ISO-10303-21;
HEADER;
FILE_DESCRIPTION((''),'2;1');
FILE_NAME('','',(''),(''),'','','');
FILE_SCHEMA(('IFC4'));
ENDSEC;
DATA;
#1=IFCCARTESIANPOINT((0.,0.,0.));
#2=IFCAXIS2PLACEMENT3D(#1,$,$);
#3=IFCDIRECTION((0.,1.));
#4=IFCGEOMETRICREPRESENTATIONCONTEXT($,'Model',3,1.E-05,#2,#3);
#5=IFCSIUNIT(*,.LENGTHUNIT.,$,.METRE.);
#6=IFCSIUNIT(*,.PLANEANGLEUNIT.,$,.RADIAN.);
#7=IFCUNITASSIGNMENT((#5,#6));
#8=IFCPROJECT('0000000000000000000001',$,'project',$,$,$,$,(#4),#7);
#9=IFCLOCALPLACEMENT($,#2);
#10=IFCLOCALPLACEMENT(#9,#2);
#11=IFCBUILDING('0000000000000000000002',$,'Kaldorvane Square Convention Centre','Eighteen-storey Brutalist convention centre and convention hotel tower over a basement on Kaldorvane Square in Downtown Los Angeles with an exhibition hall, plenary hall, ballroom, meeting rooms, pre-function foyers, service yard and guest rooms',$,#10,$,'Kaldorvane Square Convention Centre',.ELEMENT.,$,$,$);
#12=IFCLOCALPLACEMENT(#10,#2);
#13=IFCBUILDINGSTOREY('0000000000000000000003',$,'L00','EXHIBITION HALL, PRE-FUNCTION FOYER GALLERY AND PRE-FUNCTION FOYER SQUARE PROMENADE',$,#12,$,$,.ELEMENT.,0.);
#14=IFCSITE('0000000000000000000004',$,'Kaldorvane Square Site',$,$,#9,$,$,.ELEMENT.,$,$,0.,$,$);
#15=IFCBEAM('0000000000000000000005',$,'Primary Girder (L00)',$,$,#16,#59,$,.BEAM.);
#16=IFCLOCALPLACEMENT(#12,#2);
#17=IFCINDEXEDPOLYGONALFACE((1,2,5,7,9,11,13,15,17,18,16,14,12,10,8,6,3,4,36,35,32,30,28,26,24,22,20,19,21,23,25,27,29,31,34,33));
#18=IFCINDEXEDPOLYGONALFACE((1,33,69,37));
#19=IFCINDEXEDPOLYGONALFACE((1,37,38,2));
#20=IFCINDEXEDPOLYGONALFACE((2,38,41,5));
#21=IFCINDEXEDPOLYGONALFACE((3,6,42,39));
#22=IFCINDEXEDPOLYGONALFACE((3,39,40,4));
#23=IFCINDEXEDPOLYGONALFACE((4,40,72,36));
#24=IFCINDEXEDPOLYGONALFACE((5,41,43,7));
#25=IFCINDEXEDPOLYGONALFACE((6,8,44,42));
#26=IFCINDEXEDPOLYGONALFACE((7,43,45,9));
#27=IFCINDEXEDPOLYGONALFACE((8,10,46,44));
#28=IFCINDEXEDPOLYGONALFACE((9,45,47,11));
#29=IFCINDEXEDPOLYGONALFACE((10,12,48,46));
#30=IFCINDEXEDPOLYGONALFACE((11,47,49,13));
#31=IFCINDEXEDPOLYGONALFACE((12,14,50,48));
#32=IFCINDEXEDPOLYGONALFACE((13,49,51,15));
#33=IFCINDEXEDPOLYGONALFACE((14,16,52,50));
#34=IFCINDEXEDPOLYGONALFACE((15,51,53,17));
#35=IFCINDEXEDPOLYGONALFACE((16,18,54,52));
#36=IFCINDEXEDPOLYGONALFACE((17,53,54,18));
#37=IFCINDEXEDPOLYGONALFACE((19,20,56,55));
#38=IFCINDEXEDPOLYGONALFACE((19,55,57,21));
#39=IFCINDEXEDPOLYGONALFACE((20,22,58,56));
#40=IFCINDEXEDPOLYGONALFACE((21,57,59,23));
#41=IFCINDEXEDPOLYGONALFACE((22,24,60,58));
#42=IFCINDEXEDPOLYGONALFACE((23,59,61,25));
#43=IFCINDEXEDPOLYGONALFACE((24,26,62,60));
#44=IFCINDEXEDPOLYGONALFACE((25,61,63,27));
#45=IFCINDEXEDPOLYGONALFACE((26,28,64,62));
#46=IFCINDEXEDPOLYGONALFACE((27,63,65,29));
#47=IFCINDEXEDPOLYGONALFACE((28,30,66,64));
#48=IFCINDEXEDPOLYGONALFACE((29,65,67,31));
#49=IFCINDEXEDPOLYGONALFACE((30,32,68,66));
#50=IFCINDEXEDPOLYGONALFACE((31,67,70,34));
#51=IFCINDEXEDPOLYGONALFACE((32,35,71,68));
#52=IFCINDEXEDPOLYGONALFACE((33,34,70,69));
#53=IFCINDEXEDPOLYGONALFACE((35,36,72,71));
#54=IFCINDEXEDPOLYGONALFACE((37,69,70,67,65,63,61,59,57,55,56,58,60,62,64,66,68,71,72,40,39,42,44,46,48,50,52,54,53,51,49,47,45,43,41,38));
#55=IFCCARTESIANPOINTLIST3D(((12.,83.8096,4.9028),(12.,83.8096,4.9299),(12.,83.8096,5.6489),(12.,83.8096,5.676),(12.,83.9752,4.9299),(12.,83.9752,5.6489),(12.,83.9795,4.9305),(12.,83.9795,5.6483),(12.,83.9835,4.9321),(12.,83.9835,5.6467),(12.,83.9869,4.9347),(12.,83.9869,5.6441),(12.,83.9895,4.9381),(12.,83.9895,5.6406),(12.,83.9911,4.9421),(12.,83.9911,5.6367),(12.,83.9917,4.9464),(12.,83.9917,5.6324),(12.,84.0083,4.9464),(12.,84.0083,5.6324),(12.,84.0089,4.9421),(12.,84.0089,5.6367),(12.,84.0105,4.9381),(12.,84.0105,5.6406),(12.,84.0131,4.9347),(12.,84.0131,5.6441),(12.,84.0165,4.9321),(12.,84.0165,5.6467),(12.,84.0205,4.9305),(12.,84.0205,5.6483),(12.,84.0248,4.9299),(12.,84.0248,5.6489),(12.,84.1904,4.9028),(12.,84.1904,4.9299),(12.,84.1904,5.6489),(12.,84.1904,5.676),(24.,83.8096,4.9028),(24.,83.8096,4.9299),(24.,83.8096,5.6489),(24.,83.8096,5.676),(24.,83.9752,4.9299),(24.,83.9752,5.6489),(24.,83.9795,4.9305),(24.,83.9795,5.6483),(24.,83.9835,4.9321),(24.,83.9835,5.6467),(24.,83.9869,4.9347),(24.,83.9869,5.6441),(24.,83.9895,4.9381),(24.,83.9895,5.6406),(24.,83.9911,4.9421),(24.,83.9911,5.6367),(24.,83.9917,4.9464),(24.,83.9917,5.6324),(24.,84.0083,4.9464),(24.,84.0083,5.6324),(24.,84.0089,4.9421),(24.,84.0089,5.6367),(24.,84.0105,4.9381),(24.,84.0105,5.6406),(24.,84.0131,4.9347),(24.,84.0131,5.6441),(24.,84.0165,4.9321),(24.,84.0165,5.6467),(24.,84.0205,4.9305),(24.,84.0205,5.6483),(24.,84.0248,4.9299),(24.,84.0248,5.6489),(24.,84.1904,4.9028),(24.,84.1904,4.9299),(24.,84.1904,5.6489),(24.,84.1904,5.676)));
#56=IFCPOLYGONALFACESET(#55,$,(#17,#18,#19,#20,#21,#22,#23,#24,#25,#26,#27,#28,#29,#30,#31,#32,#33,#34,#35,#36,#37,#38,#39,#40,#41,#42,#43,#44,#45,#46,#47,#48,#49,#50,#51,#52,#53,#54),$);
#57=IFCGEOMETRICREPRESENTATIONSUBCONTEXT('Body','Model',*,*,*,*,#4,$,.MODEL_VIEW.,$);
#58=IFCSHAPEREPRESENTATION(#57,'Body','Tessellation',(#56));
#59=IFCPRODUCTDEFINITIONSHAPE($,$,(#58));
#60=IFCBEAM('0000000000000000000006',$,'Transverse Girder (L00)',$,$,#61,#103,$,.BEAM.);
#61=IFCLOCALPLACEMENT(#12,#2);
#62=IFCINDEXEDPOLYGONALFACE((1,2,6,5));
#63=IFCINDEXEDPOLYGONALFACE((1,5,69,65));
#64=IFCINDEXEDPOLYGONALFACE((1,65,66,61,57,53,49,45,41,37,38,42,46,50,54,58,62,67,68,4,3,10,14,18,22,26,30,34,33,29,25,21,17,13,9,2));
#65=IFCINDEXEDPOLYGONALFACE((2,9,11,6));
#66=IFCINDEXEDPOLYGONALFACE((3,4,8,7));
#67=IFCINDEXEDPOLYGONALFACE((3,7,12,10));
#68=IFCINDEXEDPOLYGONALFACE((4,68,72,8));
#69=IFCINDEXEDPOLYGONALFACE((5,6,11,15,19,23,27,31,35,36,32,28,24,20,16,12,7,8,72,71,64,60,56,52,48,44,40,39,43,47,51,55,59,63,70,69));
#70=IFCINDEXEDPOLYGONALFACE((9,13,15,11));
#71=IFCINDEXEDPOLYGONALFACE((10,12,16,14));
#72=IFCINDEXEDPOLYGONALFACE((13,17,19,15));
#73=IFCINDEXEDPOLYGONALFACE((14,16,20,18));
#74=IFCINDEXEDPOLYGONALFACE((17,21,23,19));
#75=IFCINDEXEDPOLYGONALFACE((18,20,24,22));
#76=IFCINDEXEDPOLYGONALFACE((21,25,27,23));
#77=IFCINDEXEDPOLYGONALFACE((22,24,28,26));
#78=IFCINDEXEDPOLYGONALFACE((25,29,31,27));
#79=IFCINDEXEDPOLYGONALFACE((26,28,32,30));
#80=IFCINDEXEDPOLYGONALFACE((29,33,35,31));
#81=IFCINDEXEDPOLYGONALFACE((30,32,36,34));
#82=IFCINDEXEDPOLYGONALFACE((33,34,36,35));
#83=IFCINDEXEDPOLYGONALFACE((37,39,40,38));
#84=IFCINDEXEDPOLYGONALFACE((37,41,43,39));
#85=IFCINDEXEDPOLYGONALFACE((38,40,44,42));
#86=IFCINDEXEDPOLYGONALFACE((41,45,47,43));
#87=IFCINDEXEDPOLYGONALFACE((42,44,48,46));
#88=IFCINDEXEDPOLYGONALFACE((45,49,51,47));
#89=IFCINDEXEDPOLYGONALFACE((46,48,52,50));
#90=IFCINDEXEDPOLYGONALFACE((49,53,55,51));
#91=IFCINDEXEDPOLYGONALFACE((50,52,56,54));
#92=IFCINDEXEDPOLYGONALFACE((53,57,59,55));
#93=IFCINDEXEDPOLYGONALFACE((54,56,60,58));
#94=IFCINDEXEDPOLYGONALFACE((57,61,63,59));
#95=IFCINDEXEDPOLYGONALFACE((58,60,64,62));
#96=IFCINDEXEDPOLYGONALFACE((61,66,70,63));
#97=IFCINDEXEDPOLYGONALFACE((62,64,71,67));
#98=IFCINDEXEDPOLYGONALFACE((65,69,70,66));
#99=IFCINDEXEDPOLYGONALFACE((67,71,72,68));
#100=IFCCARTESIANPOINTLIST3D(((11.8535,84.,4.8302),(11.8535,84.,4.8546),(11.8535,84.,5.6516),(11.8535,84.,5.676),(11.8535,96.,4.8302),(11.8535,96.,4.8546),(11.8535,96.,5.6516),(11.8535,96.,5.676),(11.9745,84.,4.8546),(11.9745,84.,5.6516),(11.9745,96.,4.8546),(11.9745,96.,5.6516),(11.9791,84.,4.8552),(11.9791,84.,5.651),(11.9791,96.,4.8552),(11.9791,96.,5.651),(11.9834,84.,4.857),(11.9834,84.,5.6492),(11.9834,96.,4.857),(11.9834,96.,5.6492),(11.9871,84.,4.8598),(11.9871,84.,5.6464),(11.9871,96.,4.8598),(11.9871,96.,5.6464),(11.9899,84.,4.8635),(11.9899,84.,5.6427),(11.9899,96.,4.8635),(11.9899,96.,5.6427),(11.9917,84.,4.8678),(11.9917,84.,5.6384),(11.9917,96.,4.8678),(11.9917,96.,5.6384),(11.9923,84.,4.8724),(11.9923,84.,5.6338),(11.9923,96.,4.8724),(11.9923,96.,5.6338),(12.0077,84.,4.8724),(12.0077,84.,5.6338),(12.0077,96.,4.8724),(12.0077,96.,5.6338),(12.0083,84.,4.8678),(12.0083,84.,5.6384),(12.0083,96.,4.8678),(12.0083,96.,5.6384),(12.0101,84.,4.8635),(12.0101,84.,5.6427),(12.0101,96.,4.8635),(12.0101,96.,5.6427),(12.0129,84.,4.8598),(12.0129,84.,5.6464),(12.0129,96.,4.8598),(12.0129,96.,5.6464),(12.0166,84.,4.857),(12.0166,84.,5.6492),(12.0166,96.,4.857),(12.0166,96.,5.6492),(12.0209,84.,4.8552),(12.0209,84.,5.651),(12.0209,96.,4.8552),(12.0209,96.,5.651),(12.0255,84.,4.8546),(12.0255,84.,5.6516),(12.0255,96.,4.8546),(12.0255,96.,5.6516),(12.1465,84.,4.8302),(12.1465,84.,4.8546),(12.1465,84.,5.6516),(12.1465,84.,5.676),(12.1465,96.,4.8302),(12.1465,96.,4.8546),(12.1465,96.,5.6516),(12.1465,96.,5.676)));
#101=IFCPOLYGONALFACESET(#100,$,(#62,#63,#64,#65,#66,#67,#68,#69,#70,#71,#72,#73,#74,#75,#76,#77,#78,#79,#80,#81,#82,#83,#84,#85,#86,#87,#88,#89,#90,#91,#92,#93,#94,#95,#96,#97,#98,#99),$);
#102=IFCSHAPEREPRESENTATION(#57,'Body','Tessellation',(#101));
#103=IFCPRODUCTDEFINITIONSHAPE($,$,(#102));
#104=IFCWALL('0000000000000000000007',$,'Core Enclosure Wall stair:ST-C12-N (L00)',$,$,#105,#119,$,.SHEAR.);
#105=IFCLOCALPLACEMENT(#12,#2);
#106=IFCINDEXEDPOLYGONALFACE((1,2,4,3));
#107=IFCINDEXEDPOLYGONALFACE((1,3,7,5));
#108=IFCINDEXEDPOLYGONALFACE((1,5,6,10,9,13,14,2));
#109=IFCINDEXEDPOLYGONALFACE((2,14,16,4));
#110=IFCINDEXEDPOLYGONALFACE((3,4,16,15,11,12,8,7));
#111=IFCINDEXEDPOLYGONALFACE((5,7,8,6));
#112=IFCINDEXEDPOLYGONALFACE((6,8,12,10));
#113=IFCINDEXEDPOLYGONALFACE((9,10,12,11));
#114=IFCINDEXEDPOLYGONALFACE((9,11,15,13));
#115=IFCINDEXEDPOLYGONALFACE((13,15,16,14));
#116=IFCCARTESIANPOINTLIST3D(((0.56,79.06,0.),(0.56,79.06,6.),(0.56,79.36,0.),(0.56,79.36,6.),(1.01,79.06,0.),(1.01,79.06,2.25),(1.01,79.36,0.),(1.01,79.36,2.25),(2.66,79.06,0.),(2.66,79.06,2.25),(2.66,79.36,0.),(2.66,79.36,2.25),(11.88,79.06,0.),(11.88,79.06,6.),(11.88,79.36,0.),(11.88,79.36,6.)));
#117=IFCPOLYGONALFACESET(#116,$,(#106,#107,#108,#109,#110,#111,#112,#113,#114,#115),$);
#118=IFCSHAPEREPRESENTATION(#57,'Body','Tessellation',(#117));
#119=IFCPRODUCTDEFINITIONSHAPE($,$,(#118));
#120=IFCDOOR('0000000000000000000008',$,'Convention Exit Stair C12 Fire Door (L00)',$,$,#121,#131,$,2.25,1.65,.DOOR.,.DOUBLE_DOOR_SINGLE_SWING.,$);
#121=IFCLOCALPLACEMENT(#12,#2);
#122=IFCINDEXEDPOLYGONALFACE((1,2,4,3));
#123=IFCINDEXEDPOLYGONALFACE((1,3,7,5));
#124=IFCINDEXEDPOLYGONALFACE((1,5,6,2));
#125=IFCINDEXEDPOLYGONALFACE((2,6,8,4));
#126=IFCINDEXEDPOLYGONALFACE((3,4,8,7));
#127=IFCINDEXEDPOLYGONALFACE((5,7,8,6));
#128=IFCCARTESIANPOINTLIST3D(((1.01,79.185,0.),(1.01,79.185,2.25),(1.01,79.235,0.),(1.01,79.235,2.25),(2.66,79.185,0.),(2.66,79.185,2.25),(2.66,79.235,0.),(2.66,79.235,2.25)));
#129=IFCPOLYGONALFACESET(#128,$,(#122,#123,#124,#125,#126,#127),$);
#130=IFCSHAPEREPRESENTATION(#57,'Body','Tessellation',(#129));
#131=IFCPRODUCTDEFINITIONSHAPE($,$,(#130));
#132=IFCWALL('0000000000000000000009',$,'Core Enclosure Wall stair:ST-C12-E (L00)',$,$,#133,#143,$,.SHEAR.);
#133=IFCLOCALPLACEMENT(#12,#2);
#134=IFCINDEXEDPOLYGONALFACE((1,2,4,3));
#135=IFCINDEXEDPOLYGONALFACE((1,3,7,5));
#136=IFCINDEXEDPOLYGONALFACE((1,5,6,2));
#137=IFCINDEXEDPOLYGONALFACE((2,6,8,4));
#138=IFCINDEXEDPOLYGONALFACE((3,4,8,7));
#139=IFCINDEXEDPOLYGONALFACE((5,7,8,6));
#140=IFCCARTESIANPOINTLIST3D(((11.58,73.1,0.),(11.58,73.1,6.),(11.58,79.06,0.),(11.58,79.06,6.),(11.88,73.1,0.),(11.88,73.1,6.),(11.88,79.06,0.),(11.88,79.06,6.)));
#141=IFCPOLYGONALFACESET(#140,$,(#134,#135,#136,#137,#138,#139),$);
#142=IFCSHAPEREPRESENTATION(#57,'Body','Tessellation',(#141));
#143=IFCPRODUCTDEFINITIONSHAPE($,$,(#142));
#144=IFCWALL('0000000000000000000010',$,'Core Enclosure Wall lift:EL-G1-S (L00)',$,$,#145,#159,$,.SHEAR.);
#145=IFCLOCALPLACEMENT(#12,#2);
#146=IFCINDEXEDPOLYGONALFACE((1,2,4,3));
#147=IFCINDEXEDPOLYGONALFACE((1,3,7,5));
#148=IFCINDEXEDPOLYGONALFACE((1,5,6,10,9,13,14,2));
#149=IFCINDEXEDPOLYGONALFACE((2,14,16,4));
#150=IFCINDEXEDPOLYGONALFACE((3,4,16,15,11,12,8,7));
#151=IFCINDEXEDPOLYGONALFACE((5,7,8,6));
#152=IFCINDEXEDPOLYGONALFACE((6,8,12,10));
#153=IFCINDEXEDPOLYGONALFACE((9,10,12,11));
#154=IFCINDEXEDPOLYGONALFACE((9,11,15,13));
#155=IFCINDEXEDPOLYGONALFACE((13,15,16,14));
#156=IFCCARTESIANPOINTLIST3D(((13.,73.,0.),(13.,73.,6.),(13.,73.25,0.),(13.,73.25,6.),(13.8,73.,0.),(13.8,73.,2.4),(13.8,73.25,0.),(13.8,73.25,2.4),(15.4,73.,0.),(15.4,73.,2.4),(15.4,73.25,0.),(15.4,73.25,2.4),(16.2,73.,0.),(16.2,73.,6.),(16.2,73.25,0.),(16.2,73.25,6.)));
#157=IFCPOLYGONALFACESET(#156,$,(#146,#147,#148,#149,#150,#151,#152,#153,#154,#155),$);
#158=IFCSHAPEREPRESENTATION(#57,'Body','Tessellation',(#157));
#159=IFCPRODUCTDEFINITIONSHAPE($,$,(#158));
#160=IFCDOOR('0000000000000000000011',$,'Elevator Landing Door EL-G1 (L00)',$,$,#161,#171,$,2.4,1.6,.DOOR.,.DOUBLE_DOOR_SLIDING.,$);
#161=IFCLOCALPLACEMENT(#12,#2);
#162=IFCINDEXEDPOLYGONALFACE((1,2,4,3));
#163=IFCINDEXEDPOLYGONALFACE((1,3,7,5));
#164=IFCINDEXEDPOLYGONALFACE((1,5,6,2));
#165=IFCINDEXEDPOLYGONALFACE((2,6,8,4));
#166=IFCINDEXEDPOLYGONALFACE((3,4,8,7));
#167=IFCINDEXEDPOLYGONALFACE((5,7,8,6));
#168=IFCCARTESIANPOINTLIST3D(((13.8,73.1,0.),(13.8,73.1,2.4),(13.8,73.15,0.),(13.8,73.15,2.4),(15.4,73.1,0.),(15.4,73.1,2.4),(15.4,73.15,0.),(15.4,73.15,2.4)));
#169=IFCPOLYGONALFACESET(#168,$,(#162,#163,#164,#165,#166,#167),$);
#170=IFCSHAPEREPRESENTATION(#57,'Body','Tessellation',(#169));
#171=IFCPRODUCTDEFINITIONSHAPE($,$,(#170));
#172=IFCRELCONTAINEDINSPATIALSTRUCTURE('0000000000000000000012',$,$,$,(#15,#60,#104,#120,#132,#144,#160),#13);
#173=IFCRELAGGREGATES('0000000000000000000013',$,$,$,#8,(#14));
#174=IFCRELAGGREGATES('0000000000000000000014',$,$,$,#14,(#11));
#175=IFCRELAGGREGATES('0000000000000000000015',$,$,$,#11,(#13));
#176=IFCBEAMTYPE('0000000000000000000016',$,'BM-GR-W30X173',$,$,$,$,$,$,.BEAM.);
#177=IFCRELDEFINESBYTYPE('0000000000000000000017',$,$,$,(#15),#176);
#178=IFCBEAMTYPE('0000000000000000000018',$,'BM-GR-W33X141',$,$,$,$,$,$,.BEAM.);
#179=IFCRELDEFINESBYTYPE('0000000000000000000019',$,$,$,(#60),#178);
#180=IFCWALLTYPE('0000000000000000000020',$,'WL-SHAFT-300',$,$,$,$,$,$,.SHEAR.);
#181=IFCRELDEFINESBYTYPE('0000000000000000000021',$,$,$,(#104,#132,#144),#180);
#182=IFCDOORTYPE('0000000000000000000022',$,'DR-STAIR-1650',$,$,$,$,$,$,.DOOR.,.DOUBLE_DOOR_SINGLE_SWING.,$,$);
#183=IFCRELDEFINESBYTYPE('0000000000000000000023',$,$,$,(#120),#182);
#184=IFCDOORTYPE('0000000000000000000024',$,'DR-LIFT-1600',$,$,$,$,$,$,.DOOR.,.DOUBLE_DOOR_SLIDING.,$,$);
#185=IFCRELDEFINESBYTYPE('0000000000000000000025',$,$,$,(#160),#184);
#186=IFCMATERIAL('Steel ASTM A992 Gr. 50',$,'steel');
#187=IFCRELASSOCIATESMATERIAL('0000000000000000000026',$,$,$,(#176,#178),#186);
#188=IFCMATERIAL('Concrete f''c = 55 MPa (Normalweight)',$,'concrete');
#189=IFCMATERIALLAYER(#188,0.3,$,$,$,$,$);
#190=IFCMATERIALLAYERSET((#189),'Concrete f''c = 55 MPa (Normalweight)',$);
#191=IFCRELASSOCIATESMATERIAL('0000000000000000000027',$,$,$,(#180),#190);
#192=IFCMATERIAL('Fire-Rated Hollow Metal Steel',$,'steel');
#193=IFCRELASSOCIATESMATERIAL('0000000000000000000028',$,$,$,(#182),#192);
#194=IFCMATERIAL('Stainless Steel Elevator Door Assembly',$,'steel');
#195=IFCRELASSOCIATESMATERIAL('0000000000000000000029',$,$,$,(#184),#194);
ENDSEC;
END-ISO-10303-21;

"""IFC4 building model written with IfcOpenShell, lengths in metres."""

from ifc_helpers import new_model, si_unit, direction, frame, frame_2d, origin, origin_2d, place, context, subcontext, project, spatial, rectangle, i_section, extrude, material, layer, layer_set, material_profile, profile_set, type_object, element, fill, save


model = new_model("IFC4")

# Units and contexts
model_context = context("Model", 3, precision=1e-05, world=origin(), true_north=direction((0.0, 1.0)))
body_context = subcontext(model_context, "Body", "Model", "MODEL_VIEW")
ifc_project = project(units=[si_unit("LENGTHUNIT", "METRE"), si_unit("PLANEANGLEUNIT", "RADIAN")], contexts=[model_context])

# Site, building, storey
site_placement = place(None, origin())
site = spatial("IfcSite", under=ifc_project, at=site_placement, Name="Kaldorvane Square Site", CompositionType="ELEMENT", RefElevation=0.0)
building_placement = place(site_placement, origin())
building = spatial("IfcBuilding", under=site, at=building_placement, Name="Kaldorvane Square Convention Centre", Description="Eighteen-storey Brutalist convention centre and convention hotel tower over a basement on Kaldorvane Square in Downtown Los Angeles with an exhibition hall, plenary hall, ballroom, meeting rooms, pre-function foyers, service yard and guest rooms", LongName="Kaldorvane Square Convention Centre", CompositionType="ELEMENT")
storey_placement = place(building_placement, origin())
storey = spatial("IfcBuildingStorey", under=building, at=storey_placement, Name="L00", Description="EXHIBITION HALL, PRE-FUNCTION FOYER GALLERY AND PRE-FUNCTION FOYER SQUARE PROMENADE", CompositionType="ELEMENT", Elevation=0.0)

# Shared definitions
ifc_material_1 = material(Name="Steel ASTM A992 Gr. 50", Category="steel")

# Beams
ifc_material_profile_1 = material_profile(ifc_material_1, i_section(OverallWidth=0.3807, OverallDepth=0.7732, WebThickness=0.0166, FlangeThickness=0.0271, FilletRadius=0.0165, at=origin_2d()), Name="W30X173")
ifc_profile_set_1 = profile_set([ifc_material_profile_1], Name="Steel ASTM A992 Gr. 50")
beam_type_1 = type_object("IfcBeamType", Name="BM-GR-W30X173", PredefinedType="BEAM", material=ifc_profile_set_1)
for number, where, z_axis, x_axis, name in (
    (1, (12.0, 84.0, 5.2894), (1.0, 0.0, 0.0), (0.0, 1.0, 0.0), "Primary Girder (L00)"),
):
    element("IfcBeam", number, at=place(storey_placement, frame(where, z_axis=z_axis, x_axis=x_axis)), inside=storey, type_object=beam_type_1, Name=name, PredefinedType="BEAM", context=body_context, shape_type="SweptSolid", body=[
        extrude(i_section(OverallWidth=0.3807, OverallDepth=0.7732, WebThickness=0.0166, FlangeThickness=0.0271, FilletRadius=0.0165, at=origin_2d()), origin(), (0.0, 0.0, 1.0), 12.0),
    ])
ifc_material_profile_2 = material_profile(ifc_material_1, i_section(OverallWidth=0.293, OverallDepth=0.8458, WebThickness=0.0154, FlangeThickness=0.0244, FilletRadius=0.0178, at=origin_2d()), Name="W33X141")
ifc_profile_set_2 = profile_set([ifc_material_profile_2], Name="Steel ASTM A992 Gr. 50")
beam_type_2 = type_object("IfcBeamType", Name="BM-GR-W33X141", PredefinedType="BEAM", material=ifc_profile_set_2)
beam_1_placement = place(storey_placement, frame((12.0, 84.0, 5.2531), z_axis=(0.0, 1.0, 0.0), x_axis=(-1.0, 0.0, 0.0)))
element("IfcBeam", 2, at=beam_1_placement, inside=storey, type_object=beam_type_2, Name="Transverse Girder (L00)", PredefinedType="BEAM", context=body_context, shape_type="SweptSolid", body=[
    extrude(i_section(OverallWidth=0.293, OverallDepth=0.8458, WebThickness=0.0154, FlangeThickness=0.0244, FilletRadius=0.0178, at=origin_2d()), origin(), (0.0, 0.0, 1.0), 12.0),
])

# Wall, opening, door
ifc_material_2 = material(Name="Concrete f'c = 55 MPa (Normalweight)", Category="concrete")
ifc_layer = layer(ifc_material_2, 0.3)
ifc_layer_set = layer_set([ifc_layer], Name="Concrete f'c = 55 MPa (Normalweight)")
wall_type = type_object("IfcWallType", Name="WL-SHAFT-300", PredefinedType="SHEAR", material=ifc_layer_set)
wall_1_placement = place(storey_placement, frame((11.88, 79.21, 0.0), z_axis=(0.0, 0.0, 1.0), x_axis=(-1.0, 0.0, 0.0)))
wall_1 = element("IfcWall", 3, at=wall_1_placement, inside=storey, type_object=wall_type, Name="Core Enclosure Wall stair:ST-C12-N (L00)", PredefinedType="SHEAR", context=body_context, shape_type="SweptSolid", body=[
    extrude(rectangle(XDim=11.32, YDim=0.3, at=frame_2d((5.66, 0.0))), origin(), (0.0, 0.0, 1.0), 6.0),
])
opening_1_placement = place(wall_1_placement, frame((9.22, 0.0, 0.0)))
opening_1 = element("IfcOpeningElement", 4, at=opening_1_placement, cuts=wall_1, PredefinedType="OPENING", context=body_context, shape_type="SweptSolid", body=[
    extrude(rectangle(XDim=1.65, YDim=2.25, at=frame_2d((0.825, 1.125))), frame((0.0, 0.165, 0.0), z_axis=(0.0, -1.0, 0.0), x_axis=(1.0, 0.0, 0.0)), (0.0, 0.0, 1.0), 0.33),
])
ifc_material_3 = material(Name="Fire-Rated Hollow Metal Steel", Category="steel")
door_type_1 = type_object("IfcDoorType", Name="DR-STAIR-1650", OperationType="DOUBLE_DOOR_SINGLE_SWING", PredefinedType="DOOR", material=ifc_material_3)
door_1_placement = place(opening_1_placement, origin())
door_1 = element("IfcDoor", 5, at=door_1_placement, inside=storey, type_object=door_type_1, Name="Convention Exit Stair C12 Fire Door (L00)", OperationType="DOUBLE_DOOR_SINGLE_SWING", OverallHeight=2.25, OverallWidth=1.65, PredefinedType="DOOR", context=body_context, shape_type="SweptSolid", body=[
    extrude(rectangle(XDim=1.65, YDim=2.25, at=frame_2d((0.825, 1.125))), frame((0.0, 0.025, 0.0), z_axis=(0.0, -1.0, 0.0), x_axis=(1.0, 0.0, 0.0)), (0.0, 0.0, 1.0), 0.05),
])
fill(opening_1, door_1)

# Wall
wall_2_placement = place(storey_placement, frame((11.73, 73.1, 0.0), z_axis=(0.0, 0.0, 1.0), x_axis=(0.0, 1.0, 0.0)))
element("IfcWall", 6, at=wall_2_placement, inside=storey, type_object=wall_type, Name="Core Enclosure Wall stair:ST-C12-E (L00)", PredefinedType="SHEAR", context=body_context, shape_type="SweptSolid", body=[
    extrude(rectangle(XDim=5.96, YDim=0.3, at=frame_2d((2.98, 0.0))), origin(), (0.0, 0.0, 1.0), 6.0),
])

# Wall, opening, door
wall_3_placement = place(storey_placement, frame((13.0, 73.125, 0.0), z_axis=(0.0, 0.0, 1.0), x_axis=(1.0, 0.0, 0.0)))
wall_3 = element("IfcWall", 7, at=wall_3_placement, inside=storey, type_object=wall_type, Name="Core Enclosure Wall lift:EL-G1-S (L00)", PredefinedType="SHEAR", context=body_context, shape_type="SweptSolid", body=[
    extrude(rectangle(XDim=3.2, YDim=0.25, at=frame_2d((1.6, 0.0))), origin(), (0.0, 0.0, 1.0), 6.0),
])
opening_2_placement = place(wall_3_placement, frame((0.8, 0.0, 0.0)))
opening_2 = element("IfcOpeningElement", 8, at=opening_2_placement, cuts=wall_3, PredefinedType="OPENING", context=body_context, shape_type="SweptSolid", body=[
    extrude(rectangle(XDim=1.6, YDim=2.4, at=frame_2d((0.8, 1.2))), frame((0.0, 0.14, 0.0), z_axis=(0.0, -1.0, 0.0), x_axis=(1.0, 0.0, 0.0)), (0.0, 0.0, 1.0), 0.28),
])
ifc_material_4 = material(Name="Stainless Steel Elevator Door Assembly", Category="steel")
door_type_2 = type_object("IfcDoorType", Name="DR-LIFT-1600", OperationType="DOUBLE_DOOR_SLIDING", PredefinedType="DOOR", material=ifc_material_4)
door_2_placement = place(opening_2_placement, origin())
door_2 = element("IfcDoor", 9, at=door_2_placement, inside=storey, type_object=door_type_2, Name="Elevator Landing Door EL-G1 (L00)", OperationType="DOUBLE_DOOR_SLIDING", OverallHeight=2.4, OverallWidth=1.6, PredefinedType="DOOR", context=body_context, shape_type="SweptSolid", body=[
    extrude(rectangle(XDim=1.6, YDim=2.4, at=frame_2d((0.8, 1.2))), frame((0.0, 0.025, 0.0), z_axis=(0.0, -1.0, 0.0), x_axis=(1.0, 0.0, 0.0)), (0.0, 0.0, 1.0), 0.05),
])
fill(opening_2, door_2)

save(model, "model.ifc")
